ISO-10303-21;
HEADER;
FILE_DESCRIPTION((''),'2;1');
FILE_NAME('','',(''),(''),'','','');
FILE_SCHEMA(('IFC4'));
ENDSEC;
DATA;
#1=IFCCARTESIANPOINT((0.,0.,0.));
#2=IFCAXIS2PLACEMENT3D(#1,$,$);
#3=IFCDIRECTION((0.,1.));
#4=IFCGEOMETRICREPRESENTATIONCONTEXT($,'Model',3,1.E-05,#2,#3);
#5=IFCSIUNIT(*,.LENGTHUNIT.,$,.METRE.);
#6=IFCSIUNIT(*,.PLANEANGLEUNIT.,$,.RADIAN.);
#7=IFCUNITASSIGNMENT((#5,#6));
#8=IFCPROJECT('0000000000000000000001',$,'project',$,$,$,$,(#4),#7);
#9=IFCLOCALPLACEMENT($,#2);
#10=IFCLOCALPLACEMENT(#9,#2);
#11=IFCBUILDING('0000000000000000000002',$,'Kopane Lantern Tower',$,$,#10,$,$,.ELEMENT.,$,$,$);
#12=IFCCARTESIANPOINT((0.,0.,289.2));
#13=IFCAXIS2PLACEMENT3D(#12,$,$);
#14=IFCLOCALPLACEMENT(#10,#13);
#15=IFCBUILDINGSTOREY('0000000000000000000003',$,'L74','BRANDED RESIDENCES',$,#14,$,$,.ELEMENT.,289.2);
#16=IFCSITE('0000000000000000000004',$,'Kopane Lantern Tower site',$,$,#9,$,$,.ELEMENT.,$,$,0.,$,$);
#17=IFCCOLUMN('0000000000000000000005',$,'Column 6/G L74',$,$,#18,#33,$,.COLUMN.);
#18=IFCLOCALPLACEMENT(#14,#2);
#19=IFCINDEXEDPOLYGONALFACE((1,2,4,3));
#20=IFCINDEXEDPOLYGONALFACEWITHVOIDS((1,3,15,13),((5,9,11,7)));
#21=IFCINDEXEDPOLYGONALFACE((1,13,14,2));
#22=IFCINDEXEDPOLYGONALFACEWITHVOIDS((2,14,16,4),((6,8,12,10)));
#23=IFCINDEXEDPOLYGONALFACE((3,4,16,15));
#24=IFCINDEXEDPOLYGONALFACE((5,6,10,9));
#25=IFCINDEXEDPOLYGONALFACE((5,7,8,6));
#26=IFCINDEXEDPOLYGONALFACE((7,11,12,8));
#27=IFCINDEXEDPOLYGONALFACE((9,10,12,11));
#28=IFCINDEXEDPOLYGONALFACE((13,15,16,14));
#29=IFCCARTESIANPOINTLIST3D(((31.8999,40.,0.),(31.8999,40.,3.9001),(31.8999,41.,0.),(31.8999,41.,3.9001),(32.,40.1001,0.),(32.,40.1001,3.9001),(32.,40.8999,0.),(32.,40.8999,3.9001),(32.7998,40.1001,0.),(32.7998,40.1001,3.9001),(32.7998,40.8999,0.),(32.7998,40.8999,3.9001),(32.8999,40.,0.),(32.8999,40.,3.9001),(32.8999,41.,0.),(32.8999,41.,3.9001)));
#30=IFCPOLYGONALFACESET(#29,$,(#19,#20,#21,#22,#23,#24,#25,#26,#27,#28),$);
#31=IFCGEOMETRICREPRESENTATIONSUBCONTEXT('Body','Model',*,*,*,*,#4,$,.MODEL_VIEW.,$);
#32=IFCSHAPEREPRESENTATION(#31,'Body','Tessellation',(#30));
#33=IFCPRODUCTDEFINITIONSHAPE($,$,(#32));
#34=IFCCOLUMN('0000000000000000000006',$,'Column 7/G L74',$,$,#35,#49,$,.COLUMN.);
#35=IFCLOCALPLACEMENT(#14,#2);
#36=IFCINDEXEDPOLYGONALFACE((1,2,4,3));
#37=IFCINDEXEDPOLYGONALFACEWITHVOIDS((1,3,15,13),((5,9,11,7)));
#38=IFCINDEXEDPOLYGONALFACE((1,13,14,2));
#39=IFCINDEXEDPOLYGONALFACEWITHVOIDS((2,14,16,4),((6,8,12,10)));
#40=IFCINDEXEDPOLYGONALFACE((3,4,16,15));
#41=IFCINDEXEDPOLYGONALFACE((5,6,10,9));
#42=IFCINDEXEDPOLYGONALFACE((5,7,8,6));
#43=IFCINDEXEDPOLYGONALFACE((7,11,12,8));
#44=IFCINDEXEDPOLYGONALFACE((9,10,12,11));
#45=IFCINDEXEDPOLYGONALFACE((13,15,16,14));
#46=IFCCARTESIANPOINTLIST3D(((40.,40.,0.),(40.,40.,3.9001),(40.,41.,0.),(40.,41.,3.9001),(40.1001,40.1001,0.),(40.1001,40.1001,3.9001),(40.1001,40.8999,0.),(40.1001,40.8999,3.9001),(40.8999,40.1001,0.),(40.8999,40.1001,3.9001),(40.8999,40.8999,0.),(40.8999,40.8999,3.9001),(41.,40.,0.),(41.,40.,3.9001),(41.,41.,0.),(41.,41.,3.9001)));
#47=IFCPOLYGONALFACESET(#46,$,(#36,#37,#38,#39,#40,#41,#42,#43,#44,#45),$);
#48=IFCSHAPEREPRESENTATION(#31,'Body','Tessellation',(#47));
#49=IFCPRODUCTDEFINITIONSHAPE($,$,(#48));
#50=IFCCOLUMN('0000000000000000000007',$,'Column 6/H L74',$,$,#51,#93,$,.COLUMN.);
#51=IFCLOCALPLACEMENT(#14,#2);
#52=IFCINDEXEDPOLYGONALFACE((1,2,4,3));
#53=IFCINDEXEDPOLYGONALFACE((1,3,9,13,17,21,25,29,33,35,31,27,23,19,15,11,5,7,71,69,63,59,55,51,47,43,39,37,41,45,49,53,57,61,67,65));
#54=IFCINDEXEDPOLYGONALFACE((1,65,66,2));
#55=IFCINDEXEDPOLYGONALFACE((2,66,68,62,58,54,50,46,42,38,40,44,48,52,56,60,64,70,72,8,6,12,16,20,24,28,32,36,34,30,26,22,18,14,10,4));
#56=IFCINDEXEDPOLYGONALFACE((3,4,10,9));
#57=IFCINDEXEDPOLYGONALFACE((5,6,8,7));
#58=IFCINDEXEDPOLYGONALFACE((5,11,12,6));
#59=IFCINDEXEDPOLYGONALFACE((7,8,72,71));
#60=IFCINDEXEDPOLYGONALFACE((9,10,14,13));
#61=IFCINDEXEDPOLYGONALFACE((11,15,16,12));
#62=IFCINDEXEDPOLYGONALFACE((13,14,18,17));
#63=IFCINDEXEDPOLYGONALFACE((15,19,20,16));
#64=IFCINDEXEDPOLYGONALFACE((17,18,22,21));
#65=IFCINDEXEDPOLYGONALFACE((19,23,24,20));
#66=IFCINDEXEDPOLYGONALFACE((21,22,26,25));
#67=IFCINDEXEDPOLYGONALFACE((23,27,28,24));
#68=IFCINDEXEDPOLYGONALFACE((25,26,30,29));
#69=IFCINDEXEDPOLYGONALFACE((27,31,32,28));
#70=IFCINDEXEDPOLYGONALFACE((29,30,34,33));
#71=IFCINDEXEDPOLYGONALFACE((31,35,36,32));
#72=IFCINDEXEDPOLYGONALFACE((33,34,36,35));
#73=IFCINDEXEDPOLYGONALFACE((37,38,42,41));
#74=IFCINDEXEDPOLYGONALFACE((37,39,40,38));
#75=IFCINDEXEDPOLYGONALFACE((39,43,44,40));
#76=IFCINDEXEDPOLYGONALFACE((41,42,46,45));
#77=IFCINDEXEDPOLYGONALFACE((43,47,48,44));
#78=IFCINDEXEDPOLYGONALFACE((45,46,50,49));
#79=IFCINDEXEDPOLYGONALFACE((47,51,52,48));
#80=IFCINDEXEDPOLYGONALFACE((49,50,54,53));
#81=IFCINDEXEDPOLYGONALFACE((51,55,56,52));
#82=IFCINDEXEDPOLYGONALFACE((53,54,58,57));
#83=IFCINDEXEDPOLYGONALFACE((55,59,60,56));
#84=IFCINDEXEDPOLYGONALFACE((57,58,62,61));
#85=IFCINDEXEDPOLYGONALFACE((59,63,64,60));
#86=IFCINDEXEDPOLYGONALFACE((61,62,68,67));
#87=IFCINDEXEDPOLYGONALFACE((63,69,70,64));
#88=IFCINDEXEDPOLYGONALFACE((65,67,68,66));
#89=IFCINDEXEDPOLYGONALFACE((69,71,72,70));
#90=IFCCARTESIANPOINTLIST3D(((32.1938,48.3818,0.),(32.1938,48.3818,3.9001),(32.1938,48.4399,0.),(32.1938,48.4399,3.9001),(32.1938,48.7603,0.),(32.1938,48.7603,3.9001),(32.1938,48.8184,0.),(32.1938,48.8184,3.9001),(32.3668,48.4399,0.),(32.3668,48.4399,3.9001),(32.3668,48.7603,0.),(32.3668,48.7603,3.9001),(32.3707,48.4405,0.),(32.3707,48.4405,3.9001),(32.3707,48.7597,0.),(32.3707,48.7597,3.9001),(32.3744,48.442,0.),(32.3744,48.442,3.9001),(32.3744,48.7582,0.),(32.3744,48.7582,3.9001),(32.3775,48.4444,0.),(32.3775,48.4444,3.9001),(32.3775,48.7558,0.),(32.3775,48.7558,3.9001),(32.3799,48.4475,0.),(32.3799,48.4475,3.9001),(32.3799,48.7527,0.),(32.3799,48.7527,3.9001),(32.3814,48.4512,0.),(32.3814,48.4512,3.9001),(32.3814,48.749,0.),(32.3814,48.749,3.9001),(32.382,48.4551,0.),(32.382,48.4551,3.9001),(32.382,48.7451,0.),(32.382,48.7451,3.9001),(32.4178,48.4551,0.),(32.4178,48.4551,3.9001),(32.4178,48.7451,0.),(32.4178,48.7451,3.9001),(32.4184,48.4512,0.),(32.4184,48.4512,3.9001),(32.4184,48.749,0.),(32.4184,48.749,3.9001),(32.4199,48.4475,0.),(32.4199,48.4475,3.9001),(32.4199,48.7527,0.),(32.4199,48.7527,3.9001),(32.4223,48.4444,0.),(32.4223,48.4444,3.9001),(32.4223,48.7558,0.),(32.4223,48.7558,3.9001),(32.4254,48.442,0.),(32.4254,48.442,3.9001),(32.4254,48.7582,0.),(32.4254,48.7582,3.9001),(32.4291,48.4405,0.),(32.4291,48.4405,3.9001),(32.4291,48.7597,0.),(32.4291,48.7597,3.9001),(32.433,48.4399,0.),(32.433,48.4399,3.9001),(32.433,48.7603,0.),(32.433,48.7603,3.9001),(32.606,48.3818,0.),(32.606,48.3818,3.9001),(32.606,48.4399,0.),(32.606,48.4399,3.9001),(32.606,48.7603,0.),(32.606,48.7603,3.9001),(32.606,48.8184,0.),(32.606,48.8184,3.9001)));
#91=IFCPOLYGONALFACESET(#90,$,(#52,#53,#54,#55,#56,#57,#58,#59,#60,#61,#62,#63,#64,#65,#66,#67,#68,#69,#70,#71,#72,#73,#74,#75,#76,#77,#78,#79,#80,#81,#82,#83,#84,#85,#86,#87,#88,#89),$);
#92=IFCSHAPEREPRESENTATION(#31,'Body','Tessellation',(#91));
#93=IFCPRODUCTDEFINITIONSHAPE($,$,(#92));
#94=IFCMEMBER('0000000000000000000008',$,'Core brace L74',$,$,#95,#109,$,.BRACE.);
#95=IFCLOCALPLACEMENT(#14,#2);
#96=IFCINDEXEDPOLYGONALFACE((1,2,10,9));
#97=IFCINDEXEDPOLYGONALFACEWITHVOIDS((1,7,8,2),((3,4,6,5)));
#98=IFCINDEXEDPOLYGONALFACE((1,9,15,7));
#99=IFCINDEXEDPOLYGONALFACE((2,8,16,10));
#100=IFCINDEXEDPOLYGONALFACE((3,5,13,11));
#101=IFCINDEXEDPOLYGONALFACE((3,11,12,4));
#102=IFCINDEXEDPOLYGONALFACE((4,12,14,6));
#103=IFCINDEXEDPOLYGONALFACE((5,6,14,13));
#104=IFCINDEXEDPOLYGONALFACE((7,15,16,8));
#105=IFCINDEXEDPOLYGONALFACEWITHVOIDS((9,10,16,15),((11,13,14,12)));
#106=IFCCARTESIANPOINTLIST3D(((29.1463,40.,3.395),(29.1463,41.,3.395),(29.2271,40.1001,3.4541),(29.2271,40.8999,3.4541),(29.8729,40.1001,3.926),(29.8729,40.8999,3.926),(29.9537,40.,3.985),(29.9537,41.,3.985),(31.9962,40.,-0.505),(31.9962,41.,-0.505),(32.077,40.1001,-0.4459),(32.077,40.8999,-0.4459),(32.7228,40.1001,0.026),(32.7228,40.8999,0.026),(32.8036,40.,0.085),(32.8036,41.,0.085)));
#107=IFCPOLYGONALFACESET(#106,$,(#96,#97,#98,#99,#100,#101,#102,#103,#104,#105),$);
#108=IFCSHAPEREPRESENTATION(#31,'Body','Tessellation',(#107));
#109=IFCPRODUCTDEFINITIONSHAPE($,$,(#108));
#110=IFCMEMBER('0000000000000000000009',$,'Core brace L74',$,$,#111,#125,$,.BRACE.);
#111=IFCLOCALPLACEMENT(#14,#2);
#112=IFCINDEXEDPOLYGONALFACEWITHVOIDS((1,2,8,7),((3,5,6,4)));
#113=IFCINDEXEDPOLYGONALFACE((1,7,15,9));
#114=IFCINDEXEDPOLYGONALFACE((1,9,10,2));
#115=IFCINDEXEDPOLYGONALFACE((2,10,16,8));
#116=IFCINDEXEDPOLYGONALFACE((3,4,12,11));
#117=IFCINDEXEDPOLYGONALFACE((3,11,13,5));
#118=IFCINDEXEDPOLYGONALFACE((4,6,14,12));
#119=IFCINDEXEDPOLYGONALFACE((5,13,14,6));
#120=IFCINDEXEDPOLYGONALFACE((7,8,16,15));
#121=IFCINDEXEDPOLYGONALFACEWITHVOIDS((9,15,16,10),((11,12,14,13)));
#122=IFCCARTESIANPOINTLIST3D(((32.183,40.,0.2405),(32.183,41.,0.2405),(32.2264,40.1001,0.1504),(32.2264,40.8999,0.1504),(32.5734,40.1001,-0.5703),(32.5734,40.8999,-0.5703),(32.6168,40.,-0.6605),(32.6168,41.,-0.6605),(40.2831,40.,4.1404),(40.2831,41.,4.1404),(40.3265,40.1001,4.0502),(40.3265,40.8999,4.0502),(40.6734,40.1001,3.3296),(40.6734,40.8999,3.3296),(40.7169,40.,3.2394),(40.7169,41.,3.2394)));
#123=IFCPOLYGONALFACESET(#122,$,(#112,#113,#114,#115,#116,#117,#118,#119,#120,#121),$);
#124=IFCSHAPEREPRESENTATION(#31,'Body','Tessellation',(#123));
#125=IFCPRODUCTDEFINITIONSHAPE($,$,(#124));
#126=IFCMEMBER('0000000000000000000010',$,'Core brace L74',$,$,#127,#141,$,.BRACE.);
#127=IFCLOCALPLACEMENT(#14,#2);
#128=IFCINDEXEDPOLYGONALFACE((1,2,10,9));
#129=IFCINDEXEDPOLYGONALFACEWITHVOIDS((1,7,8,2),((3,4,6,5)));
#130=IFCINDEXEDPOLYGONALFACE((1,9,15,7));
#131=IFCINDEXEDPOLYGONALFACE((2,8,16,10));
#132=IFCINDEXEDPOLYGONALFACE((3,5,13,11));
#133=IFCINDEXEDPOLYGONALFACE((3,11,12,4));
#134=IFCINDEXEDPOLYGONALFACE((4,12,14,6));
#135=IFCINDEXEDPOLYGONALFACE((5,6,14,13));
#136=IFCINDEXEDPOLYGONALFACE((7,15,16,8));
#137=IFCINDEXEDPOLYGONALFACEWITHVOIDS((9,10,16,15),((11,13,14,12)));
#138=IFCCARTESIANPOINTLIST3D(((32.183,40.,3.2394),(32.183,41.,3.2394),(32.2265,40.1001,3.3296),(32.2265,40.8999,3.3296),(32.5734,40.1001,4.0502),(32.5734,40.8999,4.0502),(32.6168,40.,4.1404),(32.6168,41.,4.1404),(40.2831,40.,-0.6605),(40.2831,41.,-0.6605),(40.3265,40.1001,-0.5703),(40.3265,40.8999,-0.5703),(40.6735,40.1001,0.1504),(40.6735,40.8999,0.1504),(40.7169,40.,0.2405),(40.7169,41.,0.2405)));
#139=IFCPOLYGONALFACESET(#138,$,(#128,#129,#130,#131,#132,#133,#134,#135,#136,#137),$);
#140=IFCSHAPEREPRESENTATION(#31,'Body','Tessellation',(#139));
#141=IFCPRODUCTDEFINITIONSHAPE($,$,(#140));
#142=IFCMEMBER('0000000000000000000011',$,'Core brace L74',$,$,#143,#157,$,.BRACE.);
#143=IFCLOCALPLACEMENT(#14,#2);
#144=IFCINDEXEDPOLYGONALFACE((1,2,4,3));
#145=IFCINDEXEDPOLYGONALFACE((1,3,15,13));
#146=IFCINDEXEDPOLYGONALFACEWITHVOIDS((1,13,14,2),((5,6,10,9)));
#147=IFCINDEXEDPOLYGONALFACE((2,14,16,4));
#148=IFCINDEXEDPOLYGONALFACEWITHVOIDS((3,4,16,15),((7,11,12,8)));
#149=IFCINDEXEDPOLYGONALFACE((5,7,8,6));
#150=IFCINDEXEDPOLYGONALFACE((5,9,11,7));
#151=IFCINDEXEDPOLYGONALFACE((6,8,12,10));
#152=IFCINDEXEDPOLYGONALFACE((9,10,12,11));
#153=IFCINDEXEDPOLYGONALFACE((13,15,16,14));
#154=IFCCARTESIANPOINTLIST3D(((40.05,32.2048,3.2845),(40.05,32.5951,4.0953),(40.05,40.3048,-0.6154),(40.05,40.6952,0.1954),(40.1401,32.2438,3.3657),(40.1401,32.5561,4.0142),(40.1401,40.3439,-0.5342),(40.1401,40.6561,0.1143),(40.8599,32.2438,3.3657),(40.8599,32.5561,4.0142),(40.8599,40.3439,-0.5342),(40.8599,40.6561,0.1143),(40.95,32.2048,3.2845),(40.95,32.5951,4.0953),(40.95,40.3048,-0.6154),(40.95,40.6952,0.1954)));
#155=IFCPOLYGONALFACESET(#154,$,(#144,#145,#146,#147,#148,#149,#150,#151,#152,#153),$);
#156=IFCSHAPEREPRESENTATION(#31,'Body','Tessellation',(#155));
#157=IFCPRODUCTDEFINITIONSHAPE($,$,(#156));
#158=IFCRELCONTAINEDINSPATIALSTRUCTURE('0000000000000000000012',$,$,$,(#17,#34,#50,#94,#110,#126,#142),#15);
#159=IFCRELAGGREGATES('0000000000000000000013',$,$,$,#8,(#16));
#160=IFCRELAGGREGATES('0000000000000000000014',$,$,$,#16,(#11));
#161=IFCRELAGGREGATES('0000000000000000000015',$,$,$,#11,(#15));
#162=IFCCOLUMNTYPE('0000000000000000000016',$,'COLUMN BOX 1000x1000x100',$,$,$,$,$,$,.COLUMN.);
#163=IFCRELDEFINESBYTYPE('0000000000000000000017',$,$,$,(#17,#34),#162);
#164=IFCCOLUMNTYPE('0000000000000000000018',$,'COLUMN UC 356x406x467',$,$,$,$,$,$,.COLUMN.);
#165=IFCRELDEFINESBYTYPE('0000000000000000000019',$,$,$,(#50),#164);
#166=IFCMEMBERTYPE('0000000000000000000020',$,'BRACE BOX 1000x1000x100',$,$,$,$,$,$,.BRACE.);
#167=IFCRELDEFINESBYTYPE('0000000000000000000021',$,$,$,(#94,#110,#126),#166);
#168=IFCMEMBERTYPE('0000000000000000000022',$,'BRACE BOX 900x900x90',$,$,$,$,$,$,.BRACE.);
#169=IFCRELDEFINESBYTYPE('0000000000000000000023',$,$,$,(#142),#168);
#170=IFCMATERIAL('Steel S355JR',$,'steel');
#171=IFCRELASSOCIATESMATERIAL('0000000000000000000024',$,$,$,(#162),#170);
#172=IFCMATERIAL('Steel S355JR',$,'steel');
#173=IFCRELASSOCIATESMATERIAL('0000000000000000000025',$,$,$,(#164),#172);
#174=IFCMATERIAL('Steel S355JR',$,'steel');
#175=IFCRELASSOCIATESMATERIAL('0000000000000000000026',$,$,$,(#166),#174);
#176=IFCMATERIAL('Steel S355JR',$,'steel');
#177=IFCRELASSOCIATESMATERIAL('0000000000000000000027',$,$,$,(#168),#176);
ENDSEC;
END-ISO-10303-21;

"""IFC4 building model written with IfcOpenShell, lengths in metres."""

from ifc_helpers import new_model, si_unit, direction, frame, origin, origin_2d, place, context, subcontext, project, spatial, hollow_rectangle, i_section, extrude, material, material_profile, profile_set, type_object, element, save


model = new_model("IFC4")

# Units and contexts
model_context = context("Model", 3, precision=1e-05, world=origin(), true_north=direction((0.0, 1.0)))
body_context = subcontext(model_context, "Body", "Model", "MODEL_VIEW")
ifc_project = project(units=[si_unit("LENGTHUNIT", "METRE"), si_unit("PLANEANGLEUNIT", "RADIAN")], contexts=[model_context])

# Site, building, storey
site_placement = place(None, origin())
site = spatial("IfcSite", under=ifc_project, at=site_placement, Name="Kopane Lantern Tower site", CompositionType="ELEMENT", RefElevation=0.0)
building_placement = place(site_placement, origin())
building = spatial("IfcBuilding", under=site, at=building_placement, Name="Kopane Lantern Tower", CompositionType="ELEMENT")
storey_placement = place(building_placement, frame((0.0, 0.0, 289.2)))
storey = spatial("IfcBuildingStorey", under=building, at=storey_placement, Name="L74", Description="BRANDED RESIDENCES", CompositionType="ELEMENT", Elevation=289.2)

# Columns
ifc_material_1 = material(Name="Steel S355JR", Category="steel")
ifc_material_profile_1 = material_profile(ifc_material_1, hollow_rectangle(XDim=1.0, YDim=1.0, WallThickness=0.1001, at=origin_2d()), Name="BOX 1000x1000x100")
ifc_profile_set_1 = profile_set([ifc_material_profile_1], Name="Steel S355JR")
column_type_1 = type_object("IfcColumnType", Name="COLUMN BOX 1000x1000x100", PredefinedType="COLUMN", material=ifc_profile_set_1)
for number, where, z_axis, x_axis, name in (
    (1, (32.3999, 40.5, 0.0), (0.0, 0.0, 1.0), (1.0, 0.0, 0.0), "Column 6/G L74"),
    (2, (40.5, 40.5, 0.0), (0.0, 0.0, 1.0), (1.0, 0.0, 0.0), "Column 7/G L74"),
):
    element("IfcColumn", number, at=place(storey_placement, frame(where, z_axis=z_axis, x_axis=x_axis)), inside=storey, type_object=column_type_1, Name=name, PredefinedType="COLUMN", context=body_context, shape_type="SweptSolid", body=[
        extrude(hollow_rectangle(XDim=1.0, YDim=1.0, WallThickness=0.1001, at=origin_2d()), origin(), (0.0, 0.0, 1.0), 3.9001),
    ])
ifc_material_2 = material(Name="Steel S355JR", Category="steel")
ifc_material_profile_2 = material_profile(ifc_material_2, i_section(OverallWidth=0.4121, OverallDepth=0.4365, WebThickness=0.0359, FlangeThickness=0.0581, FilletRadius=0.0151, at=origin_2d()), Name="UC 356x406x467")
ifc_profile_set_2 = profile_set([ifc_material_profile_2], Name="Steel S355JR")
column_type_2 = type_object("IfcColumnType", Name="COLUMN UC 356x406x467", PredefinedType="COLUMN", material=ifc_profile_set_2)
column_placement = place(storey_placement, frame((32.3999, 48.6001, 0.0), z_axis=(0.0, 0.0, 1.0), x_axis=(1.0, 0.0, 0.0)))
element("IfcColumn", 3, at=column_placement, inside=storey, type_object=column_type_2, Name="Column 6/H L74", PredefinedType="COLUMN", context=body_context, shape_type="SweptSolid", body=[
    extrude(i_section(OverallWidth=0.4121, OverallDepth=0.4365, WebThickness=0.0359, FlangeThickness=0.0581, FilletRadius=0.0151, at=origin_2d()), origin(), (0.0, 0.0, 1.0), 3.9001),
])

# Members
ifc_material_3 = material(Name="Steel S355JR", Category="steel")
ifc_material_profile_3 = material_profile(ifc_material_3, hollow_rectangle(XDim=1.0, YDim=1.0, WallThickness=0.1001, at=origin_2d()), Name="BOX 1000x1000x100")
ifc_profile_set_3 = profile_set([ifc_material_profile_3], Name="Steel S355JR")
member_type_1 = type_object("IfcMemberType", Name="BRACE BOX 1000x1000x100", PredefinedType="BRACE", material=ifc_profile_set_3)
member_1_placement = place(storey_placement, frame((32.3999, 40.5, -0.21), z_axis=(-0.590006, 0.0, 0.807399), x_axis=(0.0, -1.0, 0.0)))
element("IfcMember", 4, at=member_1_placement, inside=storey, type_object=member_type_1, Name="Core brace L74", PredefinedType="BRACE", context=body_context, shape_type="SweptSolid", body=[
    extrude(hollow_rectangle(XDim=1.0, YDim=1.0, WallThickness=0.1001, at=origin_2d()), origin(), (0.0, 0.0, 1.0), 4.8303),
])
for number, where, z_axis, x_axis, name in (
    (5, (32.3999, 40.5, -0.21), (0.901008, 0.0, 0.433803), (0.0, 1.0, 0.0), "Core brace L74"),
    (6, (40.5, 40.5, -0.21), (-0.901008, 0.0, 0.433803), (0.0, -1.0, 0.0), "Core brace L74"),
):
    element("IfcMember", number, at=place(storey_placement, frame(where, z_axis=z_axis, x_axis=x_axis)), inside=storey, type_object=member_type_1, Name=name, PredefinedType="BRACE", context=body_context, shape_type="SweptSolid", body=[
        extrude(hollow_rectangle(XDim=1.0, YDim=1.0, WallThickness=0.1001, at=origin_2d()), origin(), (0.0, 0.0, 1.0), 8.99),
    ])
ifc_material_4 = material(Name="Steel S355JR", Category="steel")
ifc_material_profile_4 = material_profile(ifc_material_4, hollow_rectangle(XDim=0.8999, YDim=0.8999, WallThickness=0.0901, at=origin_2d()), Name="BOX 900x900x90")
ifc_profile_set_4 = profile_set([ifc_material_profile_4], Name="Steel S355JR")
member_type_2 = type_object("IfcMemberType", Name="BRACE BOX 900x900x90", PredefinedType="BRACE", material=ifc_profile_set_4)
member_2_placement = place(storey_placement, frame((40.5, 40.5, -0.21), z_axis=(0.0, -0.901008, 0.433803), x_axis=(1.0, 0.0, 0.0)))
element("IfcMember", 7, at=member_2_placement, inside=storey, type_object=member_type_2, Name="Core brace L74", PredefinedType="BRACE", context=body_context, shape_type="SweptSolid", body=[
    extrude(hollow_rectangle(XDim=0.8999, YDim=0.8999, WallThickness=0.0901, at=origin_2d()), origin(), (0.0, 0.0, 1.0), 8.99),
])

save(model, "model.ifc")
